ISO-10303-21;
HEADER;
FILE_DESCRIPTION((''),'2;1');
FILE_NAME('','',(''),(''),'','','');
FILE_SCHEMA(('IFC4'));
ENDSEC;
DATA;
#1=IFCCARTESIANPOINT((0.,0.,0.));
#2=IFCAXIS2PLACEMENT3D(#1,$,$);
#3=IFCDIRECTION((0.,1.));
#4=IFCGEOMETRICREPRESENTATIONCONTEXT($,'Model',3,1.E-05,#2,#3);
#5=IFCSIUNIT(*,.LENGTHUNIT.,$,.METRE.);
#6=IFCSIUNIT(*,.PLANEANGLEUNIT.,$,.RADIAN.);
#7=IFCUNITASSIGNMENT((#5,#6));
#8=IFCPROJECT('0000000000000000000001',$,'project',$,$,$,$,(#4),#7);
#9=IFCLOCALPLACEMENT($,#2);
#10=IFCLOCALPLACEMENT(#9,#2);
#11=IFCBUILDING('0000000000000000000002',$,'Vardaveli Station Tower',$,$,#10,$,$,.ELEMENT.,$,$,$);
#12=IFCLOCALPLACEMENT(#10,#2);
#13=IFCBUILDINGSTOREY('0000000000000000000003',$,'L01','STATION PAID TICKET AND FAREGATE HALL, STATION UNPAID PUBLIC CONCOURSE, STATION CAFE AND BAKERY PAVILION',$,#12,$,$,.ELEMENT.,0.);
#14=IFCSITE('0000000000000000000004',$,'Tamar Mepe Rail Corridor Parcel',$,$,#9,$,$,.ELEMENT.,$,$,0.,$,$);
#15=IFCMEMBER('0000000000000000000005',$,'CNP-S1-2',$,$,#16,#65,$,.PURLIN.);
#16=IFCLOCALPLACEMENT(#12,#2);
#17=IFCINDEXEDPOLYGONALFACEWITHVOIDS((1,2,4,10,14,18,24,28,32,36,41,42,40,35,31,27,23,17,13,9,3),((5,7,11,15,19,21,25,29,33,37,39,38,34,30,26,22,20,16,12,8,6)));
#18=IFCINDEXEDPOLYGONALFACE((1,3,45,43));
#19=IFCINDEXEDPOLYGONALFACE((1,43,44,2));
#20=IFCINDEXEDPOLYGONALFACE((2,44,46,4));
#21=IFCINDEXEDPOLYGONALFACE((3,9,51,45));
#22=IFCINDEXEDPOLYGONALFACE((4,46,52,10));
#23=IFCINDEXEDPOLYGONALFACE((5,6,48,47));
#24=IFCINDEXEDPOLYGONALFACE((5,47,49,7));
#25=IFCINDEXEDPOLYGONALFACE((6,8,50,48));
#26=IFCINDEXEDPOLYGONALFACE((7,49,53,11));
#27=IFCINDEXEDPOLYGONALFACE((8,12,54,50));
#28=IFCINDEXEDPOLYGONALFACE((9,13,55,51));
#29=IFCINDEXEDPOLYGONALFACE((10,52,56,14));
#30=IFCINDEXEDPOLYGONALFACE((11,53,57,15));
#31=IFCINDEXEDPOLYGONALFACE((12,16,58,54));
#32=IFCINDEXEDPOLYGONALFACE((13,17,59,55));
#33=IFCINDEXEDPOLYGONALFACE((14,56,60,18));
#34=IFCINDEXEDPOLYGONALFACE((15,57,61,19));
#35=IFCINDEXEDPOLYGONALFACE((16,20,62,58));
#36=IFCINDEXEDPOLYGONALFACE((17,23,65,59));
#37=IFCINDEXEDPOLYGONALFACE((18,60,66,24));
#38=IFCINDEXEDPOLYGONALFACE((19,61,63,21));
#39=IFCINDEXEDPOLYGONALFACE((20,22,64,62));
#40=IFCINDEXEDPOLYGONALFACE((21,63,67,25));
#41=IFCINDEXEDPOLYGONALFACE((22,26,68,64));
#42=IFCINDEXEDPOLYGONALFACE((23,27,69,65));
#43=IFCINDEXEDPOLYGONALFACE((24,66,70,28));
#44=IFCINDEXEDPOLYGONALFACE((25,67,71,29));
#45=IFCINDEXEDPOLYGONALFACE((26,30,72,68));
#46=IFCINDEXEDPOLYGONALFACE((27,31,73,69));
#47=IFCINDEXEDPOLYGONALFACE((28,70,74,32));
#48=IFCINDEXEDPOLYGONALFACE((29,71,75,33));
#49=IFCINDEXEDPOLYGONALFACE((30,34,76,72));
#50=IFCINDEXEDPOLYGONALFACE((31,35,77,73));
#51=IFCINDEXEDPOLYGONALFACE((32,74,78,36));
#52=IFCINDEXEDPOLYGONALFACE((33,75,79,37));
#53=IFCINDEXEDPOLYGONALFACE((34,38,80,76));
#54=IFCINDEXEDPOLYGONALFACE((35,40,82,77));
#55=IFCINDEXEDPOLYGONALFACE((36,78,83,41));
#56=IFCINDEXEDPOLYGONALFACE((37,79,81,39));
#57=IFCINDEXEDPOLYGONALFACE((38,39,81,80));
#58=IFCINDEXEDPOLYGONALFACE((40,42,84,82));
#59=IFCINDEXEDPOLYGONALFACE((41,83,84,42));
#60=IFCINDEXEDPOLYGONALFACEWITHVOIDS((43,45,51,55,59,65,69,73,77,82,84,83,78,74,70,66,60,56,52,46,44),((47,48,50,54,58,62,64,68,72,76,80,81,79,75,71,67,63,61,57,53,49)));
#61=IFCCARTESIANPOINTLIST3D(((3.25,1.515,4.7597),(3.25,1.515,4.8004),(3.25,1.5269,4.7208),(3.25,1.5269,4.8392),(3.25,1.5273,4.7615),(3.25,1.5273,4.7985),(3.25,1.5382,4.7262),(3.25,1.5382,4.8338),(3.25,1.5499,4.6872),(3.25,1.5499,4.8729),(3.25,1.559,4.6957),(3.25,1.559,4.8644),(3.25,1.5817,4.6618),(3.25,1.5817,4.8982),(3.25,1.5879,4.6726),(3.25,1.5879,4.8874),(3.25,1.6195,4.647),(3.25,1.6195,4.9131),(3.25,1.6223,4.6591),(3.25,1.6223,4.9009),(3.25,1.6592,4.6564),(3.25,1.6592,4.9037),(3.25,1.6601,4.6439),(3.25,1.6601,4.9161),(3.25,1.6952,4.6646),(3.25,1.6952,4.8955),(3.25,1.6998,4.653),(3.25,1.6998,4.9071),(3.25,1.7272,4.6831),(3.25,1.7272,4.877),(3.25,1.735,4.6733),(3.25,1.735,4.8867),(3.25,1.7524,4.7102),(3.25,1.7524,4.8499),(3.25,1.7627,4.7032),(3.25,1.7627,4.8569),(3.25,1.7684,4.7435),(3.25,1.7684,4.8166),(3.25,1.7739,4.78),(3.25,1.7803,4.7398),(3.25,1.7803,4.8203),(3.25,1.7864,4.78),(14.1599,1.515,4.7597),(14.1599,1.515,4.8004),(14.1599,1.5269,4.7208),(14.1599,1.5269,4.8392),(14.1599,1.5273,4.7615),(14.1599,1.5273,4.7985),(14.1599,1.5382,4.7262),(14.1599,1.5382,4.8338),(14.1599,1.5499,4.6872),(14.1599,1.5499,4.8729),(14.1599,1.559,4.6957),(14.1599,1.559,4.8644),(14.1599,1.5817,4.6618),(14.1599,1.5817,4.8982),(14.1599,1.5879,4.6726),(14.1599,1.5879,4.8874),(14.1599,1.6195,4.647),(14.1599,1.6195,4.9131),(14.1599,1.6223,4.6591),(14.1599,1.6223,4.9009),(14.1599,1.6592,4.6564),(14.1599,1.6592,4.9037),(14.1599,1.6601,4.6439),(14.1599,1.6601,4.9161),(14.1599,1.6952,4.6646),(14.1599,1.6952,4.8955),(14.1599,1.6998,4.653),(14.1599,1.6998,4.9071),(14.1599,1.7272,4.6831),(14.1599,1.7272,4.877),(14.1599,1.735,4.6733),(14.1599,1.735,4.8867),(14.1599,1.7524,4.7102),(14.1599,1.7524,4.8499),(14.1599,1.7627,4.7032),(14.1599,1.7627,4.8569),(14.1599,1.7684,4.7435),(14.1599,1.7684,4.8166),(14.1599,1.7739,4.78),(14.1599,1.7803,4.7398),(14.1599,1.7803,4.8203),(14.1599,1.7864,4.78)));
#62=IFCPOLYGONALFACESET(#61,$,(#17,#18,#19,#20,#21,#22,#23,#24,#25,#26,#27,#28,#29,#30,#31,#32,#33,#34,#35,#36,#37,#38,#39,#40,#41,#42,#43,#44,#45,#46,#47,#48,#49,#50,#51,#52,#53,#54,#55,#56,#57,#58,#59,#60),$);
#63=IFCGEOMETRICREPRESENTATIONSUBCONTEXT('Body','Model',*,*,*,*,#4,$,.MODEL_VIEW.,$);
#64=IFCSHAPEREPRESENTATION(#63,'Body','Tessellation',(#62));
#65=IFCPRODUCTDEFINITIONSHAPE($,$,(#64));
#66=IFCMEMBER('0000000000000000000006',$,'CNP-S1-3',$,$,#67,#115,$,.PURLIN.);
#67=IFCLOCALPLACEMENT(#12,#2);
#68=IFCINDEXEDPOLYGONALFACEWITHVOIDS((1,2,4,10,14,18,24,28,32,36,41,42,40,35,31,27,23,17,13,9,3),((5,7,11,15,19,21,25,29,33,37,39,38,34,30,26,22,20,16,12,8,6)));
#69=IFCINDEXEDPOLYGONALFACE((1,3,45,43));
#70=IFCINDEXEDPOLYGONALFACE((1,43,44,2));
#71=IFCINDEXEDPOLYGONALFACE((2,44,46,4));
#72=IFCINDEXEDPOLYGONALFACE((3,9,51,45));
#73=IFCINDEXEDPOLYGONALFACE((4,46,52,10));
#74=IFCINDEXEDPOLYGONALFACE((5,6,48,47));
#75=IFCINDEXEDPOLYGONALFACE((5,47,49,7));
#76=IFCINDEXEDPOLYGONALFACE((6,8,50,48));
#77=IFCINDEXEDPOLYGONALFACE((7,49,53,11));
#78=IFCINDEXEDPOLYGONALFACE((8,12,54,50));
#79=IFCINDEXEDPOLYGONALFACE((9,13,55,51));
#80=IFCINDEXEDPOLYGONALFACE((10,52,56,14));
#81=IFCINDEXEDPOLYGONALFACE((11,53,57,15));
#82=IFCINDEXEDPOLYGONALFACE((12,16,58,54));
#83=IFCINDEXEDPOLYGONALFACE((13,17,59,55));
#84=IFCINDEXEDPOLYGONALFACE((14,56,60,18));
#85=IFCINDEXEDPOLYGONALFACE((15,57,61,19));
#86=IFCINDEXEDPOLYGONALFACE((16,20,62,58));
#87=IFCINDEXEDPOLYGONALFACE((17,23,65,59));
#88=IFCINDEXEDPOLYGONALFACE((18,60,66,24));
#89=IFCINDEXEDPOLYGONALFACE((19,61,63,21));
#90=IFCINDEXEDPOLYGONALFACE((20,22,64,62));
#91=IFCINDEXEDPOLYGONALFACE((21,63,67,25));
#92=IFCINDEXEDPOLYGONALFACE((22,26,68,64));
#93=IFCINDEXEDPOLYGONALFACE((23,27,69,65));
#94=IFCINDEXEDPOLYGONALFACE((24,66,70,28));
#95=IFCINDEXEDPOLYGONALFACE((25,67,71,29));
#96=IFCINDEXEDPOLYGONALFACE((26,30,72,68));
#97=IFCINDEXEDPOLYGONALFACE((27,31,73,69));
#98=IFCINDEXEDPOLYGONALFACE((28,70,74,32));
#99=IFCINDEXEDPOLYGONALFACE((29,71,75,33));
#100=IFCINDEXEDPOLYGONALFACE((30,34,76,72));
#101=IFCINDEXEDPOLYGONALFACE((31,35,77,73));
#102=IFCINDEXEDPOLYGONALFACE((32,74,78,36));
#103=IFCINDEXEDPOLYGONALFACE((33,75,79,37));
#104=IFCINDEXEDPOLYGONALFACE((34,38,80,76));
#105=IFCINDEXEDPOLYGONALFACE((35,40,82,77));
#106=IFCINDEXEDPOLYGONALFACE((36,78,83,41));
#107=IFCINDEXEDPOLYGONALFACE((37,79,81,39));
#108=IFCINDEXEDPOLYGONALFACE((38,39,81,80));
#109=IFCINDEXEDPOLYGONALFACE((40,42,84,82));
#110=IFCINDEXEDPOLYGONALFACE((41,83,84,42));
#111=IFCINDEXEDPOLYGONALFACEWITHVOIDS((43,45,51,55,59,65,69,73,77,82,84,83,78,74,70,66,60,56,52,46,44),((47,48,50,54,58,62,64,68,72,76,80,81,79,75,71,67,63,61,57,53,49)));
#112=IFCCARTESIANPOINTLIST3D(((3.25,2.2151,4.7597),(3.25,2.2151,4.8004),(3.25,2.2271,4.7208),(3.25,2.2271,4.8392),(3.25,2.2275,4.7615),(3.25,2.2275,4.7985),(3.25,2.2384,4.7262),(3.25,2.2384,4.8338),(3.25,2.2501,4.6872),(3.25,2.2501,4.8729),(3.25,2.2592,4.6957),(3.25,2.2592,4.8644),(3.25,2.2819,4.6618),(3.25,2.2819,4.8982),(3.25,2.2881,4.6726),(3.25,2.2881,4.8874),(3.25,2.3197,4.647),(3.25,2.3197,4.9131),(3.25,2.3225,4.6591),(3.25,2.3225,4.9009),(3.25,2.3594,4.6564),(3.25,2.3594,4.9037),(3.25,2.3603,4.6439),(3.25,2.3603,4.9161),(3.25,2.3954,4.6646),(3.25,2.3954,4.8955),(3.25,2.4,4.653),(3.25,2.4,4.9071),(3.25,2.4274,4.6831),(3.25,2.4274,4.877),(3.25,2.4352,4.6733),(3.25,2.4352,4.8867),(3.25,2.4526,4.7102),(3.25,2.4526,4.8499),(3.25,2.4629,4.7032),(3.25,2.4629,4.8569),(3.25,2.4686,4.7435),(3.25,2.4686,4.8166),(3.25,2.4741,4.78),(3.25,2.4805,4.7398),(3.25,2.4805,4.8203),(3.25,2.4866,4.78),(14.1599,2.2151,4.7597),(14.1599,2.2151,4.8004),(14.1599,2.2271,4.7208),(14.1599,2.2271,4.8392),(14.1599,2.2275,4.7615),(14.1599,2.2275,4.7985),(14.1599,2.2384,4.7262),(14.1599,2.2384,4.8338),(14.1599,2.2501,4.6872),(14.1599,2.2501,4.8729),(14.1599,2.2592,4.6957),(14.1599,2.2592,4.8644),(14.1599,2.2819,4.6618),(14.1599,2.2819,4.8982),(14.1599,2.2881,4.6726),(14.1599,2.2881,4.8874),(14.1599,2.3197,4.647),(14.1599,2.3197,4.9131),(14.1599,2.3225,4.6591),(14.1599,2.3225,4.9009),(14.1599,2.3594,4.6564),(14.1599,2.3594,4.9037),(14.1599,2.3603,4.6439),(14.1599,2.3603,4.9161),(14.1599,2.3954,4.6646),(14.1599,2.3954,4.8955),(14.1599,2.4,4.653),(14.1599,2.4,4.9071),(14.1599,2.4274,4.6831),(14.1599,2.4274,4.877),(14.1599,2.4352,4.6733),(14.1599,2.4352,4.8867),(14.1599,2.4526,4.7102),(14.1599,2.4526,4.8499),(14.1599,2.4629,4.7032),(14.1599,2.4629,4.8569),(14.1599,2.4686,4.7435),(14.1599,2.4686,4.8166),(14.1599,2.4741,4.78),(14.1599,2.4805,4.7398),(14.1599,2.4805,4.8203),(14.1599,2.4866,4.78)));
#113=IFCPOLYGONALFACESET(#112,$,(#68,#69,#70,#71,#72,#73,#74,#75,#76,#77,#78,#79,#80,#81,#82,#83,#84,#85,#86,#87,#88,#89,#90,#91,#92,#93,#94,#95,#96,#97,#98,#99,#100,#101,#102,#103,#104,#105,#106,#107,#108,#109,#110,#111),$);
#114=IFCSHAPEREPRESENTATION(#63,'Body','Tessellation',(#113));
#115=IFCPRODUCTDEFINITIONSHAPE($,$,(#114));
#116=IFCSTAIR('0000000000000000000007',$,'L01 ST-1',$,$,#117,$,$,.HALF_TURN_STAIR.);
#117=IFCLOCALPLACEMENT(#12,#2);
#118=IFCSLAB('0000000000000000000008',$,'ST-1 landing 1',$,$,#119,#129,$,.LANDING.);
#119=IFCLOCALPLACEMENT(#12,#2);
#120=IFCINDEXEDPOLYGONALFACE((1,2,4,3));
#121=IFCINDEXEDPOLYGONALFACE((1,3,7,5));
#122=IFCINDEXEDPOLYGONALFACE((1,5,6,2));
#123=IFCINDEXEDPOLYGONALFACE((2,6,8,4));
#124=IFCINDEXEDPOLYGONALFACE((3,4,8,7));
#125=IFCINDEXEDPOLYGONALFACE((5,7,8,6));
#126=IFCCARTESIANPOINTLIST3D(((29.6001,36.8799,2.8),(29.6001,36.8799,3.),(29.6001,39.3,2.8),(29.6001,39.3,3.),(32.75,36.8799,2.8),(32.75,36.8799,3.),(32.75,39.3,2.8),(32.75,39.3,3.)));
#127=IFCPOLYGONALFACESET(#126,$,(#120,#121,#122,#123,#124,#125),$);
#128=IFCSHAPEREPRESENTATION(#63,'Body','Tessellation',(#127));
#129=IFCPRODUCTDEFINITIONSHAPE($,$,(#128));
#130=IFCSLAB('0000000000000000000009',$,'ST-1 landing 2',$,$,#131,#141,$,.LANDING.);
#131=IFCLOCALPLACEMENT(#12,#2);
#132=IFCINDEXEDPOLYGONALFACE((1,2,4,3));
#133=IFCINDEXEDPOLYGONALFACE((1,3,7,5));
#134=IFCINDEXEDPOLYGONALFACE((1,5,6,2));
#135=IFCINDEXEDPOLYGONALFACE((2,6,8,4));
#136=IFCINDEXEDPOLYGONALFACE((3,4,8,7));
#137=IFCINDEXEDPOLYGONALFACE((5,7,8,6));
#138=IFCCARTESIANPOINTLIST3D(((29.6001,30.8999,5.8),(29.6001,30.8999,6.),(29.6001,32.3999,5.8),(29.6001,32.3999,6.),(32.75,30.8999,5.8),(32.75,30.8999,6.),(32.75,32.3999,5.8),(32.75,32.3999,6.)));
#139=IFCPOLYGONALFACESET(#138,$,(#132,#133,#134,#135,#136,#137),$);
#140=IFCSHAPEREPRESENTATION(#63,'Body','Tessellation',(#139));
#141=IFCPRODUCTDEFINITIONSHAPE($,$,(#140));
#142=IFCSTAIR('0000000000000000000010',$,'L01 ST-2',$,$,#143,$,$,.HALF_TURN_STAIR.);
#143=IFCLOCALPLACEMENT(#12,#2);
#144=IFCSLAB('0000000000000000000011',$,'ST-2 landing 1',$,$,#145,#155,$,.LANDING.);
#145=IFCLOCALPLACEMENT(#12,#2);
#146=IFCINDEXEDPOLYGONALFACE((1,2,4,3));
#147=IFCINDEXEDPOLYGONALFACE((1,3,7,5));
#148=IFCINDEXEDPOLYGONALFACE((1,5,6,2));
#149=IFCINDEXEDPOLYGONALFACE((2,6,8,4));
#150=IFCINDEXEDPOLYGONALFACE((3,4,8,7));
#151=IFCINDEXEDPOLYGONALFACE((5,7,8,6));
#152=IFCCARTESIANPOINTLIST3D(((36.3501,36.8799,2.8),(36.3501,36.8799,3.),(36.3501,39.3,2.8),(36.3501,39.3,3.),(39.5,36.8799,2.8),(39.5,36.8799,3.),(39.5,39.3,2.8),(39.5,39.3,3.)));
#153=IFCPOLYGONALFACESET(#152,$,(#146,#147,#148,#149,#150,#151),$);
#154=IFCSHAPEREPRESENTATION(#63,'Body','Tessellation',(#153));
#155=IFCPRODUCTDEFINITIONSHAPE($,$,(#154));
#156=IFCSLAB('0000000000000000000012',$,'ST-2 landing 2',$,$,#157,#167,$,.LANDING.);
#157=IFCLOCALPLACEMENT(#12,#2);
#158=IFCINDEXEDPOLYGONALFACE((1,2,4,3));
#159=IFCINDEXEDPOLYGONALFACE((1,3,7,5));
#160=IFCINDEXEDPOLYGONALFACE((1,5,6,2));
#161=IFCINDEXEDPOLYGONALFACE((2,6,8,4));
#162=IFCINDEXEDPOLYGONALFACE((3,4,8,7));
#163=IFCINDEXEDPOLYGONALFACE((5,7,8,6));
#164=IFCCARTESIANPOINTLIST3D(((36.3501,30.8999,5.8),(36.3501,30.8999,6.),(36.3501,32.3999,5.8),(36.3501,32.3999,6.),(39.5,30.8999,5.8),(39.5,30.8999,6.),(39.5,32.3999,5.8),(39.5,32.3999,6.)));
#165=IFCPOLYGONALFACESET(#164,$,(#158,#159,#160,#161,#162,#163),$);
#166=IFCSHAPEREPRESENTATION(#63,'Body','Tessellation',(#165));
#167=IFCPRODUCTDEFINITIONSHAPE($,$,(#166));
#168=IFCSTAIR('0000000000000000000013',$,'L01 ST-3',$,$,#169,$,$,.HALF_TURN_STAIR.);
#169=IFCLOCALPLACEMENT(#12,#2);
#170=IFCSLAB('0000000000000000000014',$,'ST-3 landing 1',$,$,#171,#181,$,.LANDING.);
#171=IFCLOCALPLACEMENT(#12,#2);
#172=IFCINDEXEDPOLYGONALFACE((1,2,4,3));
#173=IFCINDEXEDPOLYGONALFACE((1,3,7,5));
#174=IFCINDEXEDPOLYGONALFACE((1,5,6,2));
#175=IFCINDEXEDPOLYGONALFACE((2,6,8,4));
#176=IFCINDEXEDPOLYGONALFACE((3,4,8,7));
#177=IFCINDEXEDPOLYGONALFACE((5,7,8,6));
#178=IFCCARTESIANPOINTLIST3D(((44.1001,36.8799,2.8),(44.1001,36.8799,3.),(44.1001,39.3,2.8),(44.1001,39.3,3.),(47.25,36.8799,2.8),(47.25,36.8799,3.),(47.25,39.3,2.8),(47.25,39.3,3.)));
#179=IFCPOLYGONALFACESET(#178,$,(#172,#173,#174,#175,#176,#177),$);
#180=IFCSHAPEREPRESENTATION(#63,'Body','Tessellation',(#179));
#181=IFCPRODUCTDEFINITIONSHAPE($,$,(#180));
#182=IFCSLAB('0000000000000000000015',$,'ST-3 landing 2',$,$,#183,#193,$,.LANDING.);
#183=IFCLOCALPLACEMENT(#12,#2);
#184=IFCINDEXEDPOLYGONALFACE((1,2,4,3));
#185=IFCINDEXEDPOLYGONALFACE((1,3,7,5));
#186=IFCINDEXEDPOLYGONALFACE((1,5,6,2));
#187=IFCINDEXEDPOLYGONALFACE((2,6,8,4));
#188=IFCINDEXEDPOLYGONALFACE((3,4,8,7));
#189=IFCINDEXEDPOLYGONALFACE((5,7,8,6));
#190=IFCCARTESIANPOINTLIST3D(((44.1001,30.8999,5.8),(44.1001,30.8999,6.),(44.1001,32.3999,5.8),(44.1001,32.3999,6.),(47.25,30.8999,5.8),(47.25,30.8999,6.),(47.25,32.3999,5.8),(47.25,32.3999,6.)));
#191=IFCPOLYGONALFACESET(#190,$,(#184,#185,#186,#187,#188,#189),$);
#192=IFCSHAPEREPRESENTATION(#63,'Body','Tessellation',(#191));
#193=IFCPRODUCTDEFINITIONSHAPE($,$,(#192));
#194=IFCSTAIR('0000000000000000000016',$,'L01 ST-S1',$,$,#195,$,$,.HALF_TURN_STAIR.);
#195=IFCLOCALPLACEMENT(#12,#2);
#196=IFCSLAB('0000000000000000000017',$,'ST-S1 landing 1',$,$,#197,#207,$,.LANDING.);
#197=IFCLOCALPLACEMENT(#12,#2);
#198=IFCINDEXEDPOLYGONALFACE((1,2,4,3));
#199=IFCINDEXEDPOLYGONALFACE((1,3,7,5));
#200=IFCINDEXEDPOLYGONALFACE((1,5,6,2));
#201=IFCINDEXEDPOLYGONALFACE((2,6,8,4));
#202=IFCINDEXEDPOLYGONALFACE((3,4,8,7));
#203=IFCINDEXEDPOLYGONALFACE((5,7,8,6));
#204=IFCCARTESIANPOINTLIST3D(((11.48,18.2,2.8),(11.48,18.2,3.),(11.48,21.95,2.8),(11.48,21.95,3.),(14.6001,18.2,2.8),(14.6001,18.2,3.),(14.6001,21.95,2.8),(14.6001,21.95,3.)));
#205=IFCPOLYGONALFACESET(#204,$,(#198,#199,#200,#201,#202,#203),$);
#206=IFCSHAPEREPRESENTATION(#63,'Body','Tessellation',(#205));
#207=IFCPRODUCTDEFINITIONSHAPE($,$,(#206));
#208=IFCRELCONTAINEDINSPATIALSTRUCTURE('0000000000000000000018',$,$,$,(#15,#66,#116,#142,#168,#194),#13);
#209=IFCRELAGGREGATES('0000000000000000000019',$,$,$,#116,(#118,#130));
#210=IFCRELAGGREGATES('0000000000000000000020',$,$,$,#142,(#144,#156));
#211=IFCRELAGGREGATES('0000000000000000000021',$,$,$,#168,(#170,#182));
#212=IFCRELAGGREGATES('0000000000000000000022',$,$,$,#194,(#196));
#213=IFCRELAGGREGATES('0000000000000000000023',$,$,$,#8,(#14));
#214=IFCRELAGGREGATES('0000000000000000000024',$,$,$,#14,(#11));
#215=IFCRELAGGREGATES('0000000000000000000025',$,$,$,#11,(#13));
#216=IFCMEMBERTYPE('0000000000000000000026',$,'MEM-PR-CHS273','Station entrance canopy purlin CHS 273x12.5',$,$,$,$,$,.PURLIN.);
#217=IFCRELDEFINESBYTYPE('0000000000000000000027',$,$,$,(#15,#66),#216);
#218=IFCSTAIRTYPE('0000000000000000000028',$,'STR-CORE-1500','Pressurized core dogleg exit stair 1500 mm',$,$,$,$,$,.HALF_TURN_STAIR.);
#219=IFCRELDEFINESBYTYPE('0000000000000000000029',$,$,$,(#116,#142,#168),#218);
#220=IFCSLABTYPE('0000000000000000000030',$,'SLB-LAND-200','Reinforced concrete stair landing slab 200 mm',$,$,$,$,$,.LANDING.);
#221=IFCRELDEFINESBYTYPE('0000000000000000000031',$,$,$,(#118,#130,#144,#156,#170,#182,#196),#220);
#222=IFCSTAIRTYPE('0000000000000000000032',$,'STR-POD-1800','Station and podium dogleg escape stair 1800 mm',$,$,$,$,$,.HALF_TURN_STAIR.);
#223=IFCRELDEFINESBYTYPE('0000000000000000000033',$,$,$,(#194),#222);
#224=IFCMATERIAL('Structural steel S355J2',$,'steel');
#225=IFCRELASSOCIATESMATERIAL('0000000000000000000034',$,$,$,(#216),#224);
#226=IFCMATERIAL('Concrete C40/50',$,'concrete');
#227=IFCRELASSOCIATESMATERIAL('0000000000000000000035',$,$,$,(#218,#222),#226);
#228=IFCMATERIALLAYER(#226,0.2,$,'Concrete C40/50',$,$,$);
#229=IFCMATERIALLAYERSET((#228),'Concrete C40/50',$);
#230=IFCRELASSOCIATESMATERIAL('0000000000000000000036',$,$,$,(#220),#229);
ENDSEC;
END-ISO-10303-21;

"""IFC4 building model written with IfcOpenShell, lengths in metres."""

from ifc_helpers import new_model, si_unit, direction, frame, origin, origin_2d, place, context, subcontext, project, spatial, polyline, hollow_circle, outline, extrude, source, transform, mapped, material, layer, layer_set, material_profile, profile_set, type_object, element, aggregate, save


model = new_model("IFC4")

# Units and contexts
model_context = context("Model", 3, precision=1e-05, world=origin(), true_north=direction((0.0, 1.0)))
body_context = subcontext(model_context, "Body", "Model", "MODEL_VIEW")
ifc_project = project(units=[si_unit("LENGTHUNIT", "METRE"), si_unit("PLANEANGLEUNIT", "RADIAN")], contexts=[model_context])

# Site, building, storey
site_placement = place(None, origin())
site = spatial("IfcSite", under=ifc_project, at=site_placement, Name="Tamar Mepe Rail Corridor Parcel", CompositionType="ELEMENT", RefElevation=0.0)
building_placement = place(site_placement, origin())
building = spatial("IfcBuilding", under=site, at=building_placement, Name="Vardaveli Station Tower", CompositionType="ELEMENT")
storey_placement = place(building_placement, origin())
storey = spatial("IfcBuildingStorey", under=building, at=storey_placement, Name="L01", Description="STATION PAID TICKET AND FAREGATE HALL, STATION UNPAID PUBLIC CONCOURSE, STATION CAFE AND BAKERY PAVILION", CompositionType="ELEMENT", Elevation=0.0)

# Shared definitions
ifc_material_1 = material(Name="Structural steel S355J2", Category="steel")

# Members
ifc_material_profile_1 = material_profile(ifc_material_1, hollow_circle(Radius=0.1365, WallThickness=0.0125, at=origin_2d()), Name="CHS 273x12.5")
ifc_profile_set_1 = profile_set([ifc_material_profile_1], Name="Structural steel S355J2")
member_type = type_object("IfcMemberType", Name="MEM-PR-CHS273", Description="Station entrance canopy purlin CHS 273x12.5", PredefinedType="PURLIN", material=ifc_profile_set_1)
shared_shape_1 = source(origin(), body_context, "Body", "SweptSolid", [
    extrude(hollow_circle(Radius=0.1365, WallThickness=0.0125, at=origin_2d()), origin(), (0.0, 0.0, 1.0), 10.9099),
])
for number, where, z_axis, x_axis, name in (
    (1, (3.25, 1.6499, 4.78), (1.0, 0.0, 0.0), (0.0, 1.0, 0.0), "CNP-S1-2"),
    (2, (3.25, 2.3501, 4.78), (1.0, 0.0, 0.0), (0.0, 1.0, 0.0), "CNP-S1-3"),
):
    element("IfcMember", number, at=place(storey_placement, frame(where, z_axis=z_axis, x_axis=x_axis)), inside=storey, type_object=member_type, Name=name, PredefinedType="PURLIN", context=body_context, shape_type="MappedRepresentation", body=[
        mapped(shared_shape_1, transform((0.0, 0.0, 0.0), scale=1.0)),
    ])

# Stairs, slabs
ifc_material_2 = material(Name="Concrete C40/50", Category="concrete")
stair_type_1 = type_object("IfcStairType", Name="STR-CORE-1500", Description="Pressurized core dogleg exit stair 1500 mm", PredefinedType="HALF_TURN_STAIR", material=ifc_material_2)
stair_1_placement = place(storey_placement, origin())
stair_1 = element("IfcStair", 3, at=stair_1_placement, inside=storey, type_object=stair_type_1, Name="L01 ST-1", PredefinedType="HALF_TURN_STAIR")
ifc_layer_1 = layer(ifc_material_2, 0.2, Name="Concrete C40/50")
ifc_layer_set_1 = layer_set([ifc_layer_1], Name="Concrete C40/50")
slab_type_1 = type_object("IfcSlabType", Name="SLB-LAND-200", Description="Reinforced concrete stair landing slab 200 mm", PredefinedType="LANDING", material=ifc_layer_set_1)
slab_1_placement = place(storey_placement, frame((0.0, 0.0, 2.8)))
slab_1 = element("IfcSlab", 4, at=slab_1_placement, type_object=slab_type_1, Name="ST-1 landing 1", PredefinedType="LANDING", context=body_context, shape_type="SweptSolid", body=[
    extrude(outline(polyline([(32.75, 36.8799), (32.75, 39.3), (29.6001, 39.3), (29.6001, 36.8799), (32.75, 36.8799)])), origin(), (0.0, 0.0, 1.0), 0.2),
])
slab_2_placement = place(storey_placement, frame((0.0, 0.0, 5.8)))
slab_2 = element("IfcSlab", 5, at=slab_2_placement, type_object=slab_type_1, Name="ST-1 landing 2", PredefinedType="LANDING", context=body_context, shape_type="SweptSolid", body=[
    extrude(outline(polyline([(32.75, 30.8999), (32.75, 32.3999), (29.6001, 32.3999), (29.6001, 30.8999), (32.75, 30.8999)])), origin(), (0.0, 0.0, 1.0), 0.2),
])
aggregate(stair_1, [slab_1, slab_2])
stair_2_placement = place(storey_placement, origin())
stair_2 = element("IfcStair", 6, at=stair_2_placement, inside=storey, type_object=stair_type_1, Name="L01 ST-2", PredefinedType="HALF_TURN_STAIR")
slab_3_placement = place(storey_placement, frame((0.0, 0.0, 2.8)))
slab_3 = element("IfcSlab", 7, at=slab_3_placement, type_object=slab_type_1, Name="ST-2 landing 1", PredefinedType="LANDING", context=body_context, shape_type="SweptSolid", body=[
    extrude(outline(polyline([(39.5, 36.8799), (39.5, 39.3), (36.3501, 39.3), (36.3501, 36.8799), (39.5, 36.8799)])), origin(), (0.0, 0.0, 1.0), 0.2),
])
slab_4_placement = place(storey_placement, frame((0.0, 0.0, 5.8)))
slab_4 = element("IfcSlab", 8, at=slab_4_placement, type_object=slab_type_1, Name="ST-2 landing 2", PredefinedType="LANDING", context=body_context, shape_type="SweptSolid", body=[
    extrude(outline(polyline([(39.5, 30.8999), (39.5, 32.3999), (36.3501, 32.3999), (36.3501, 30.8999), (39.5, 30.8999)])), origin(), (0.0, 0.0, 1.0), 0.2),
])
aggregate(stair_2, [slab_3, slab_4])
stair_3_placement = place(storey_placement, origin())
stair_3 = element("IfcStair", 9, at=stair_3_placement, inside=storey, type_object=stair_type_1, Name="L01 ST-3", PredefinedType="HALF_TURN_STAIR")
slab_5_placement = place(storey_placement, frame((0.0, 0.0, 2.8)))
slab_5 = element("IfcSlab", 10, at=slab_5_placement, type_object=slab_type_1, Name="ST-3 landing 1", PredefinedType="LANDING", context=body_context, shape_type="SweptSolid", body=[
    extrude(outline(polyline([(47.25, 36.8799), (47.25, 39.3), (44.1001, 39.3), (44.1001, 36.8799), (47.25, 36.8799)])), origin(), (0.0, 0.0, 1.0), 0.2),
])
slab_6_placement = place(storey_placement, frame((0.0, 0.0, 5.8)))
slab_6 = element("IfcSlab", 11, at=slab_6_placement, type_object=slab_type_1, Name="ST-3 landing 2", PredefinedType="LANDING", context=body_context, shape_type="SweptSolid", body=[
    extrude(outline(polyline([(47.25, 30.8999), (47.25, 32.3999), (44.1001, 32.3999), (44.1001, 30.8999), (47.25, 30.8999)])), origin(), (0.0, 0.0, 1.0), 0.2),
])
aggregate(stair_3, [slab_5, slab_6])
stair_type_2 = type_object("IfcStairType", Name="STR-POD-1800", Description="Station and podium dogleg escape stair 1800 mm", PredefinedType="HALF_TURN_STAIR", material=ifc_material_2)
stair_4_placement = place(storey_placement, origin())
stair_4 = element("IfcStair", 12, at=stair_4_placement, inside=storey, type_object=stair_type_2, Name="L01 ST-S1", PredefinedType="HALF_TURN_STAIR")
slab_7_placement = place(storey_placement, frame((0.0, 0.0, 2.8)))
slab_7 = element("IfcSlab", 13, at=slab_7_placement, type_object=slab_type_1, Name="ST-S1 landing 1", PredefinedType="LANDING", context=body_context, shape_type="SweptSolid", body=[
    extrude(outline(polyline([(11.48, 18.2), (14.6001, 18.2), (14.6001, 21.95), (11.48, 21.95), (11.48, 18.2)])), origin(), (0.0, 0.0, 1.0), 0.2),
])
aggregate(stair_4, [slab_7])

save(model, "model.ifc")
